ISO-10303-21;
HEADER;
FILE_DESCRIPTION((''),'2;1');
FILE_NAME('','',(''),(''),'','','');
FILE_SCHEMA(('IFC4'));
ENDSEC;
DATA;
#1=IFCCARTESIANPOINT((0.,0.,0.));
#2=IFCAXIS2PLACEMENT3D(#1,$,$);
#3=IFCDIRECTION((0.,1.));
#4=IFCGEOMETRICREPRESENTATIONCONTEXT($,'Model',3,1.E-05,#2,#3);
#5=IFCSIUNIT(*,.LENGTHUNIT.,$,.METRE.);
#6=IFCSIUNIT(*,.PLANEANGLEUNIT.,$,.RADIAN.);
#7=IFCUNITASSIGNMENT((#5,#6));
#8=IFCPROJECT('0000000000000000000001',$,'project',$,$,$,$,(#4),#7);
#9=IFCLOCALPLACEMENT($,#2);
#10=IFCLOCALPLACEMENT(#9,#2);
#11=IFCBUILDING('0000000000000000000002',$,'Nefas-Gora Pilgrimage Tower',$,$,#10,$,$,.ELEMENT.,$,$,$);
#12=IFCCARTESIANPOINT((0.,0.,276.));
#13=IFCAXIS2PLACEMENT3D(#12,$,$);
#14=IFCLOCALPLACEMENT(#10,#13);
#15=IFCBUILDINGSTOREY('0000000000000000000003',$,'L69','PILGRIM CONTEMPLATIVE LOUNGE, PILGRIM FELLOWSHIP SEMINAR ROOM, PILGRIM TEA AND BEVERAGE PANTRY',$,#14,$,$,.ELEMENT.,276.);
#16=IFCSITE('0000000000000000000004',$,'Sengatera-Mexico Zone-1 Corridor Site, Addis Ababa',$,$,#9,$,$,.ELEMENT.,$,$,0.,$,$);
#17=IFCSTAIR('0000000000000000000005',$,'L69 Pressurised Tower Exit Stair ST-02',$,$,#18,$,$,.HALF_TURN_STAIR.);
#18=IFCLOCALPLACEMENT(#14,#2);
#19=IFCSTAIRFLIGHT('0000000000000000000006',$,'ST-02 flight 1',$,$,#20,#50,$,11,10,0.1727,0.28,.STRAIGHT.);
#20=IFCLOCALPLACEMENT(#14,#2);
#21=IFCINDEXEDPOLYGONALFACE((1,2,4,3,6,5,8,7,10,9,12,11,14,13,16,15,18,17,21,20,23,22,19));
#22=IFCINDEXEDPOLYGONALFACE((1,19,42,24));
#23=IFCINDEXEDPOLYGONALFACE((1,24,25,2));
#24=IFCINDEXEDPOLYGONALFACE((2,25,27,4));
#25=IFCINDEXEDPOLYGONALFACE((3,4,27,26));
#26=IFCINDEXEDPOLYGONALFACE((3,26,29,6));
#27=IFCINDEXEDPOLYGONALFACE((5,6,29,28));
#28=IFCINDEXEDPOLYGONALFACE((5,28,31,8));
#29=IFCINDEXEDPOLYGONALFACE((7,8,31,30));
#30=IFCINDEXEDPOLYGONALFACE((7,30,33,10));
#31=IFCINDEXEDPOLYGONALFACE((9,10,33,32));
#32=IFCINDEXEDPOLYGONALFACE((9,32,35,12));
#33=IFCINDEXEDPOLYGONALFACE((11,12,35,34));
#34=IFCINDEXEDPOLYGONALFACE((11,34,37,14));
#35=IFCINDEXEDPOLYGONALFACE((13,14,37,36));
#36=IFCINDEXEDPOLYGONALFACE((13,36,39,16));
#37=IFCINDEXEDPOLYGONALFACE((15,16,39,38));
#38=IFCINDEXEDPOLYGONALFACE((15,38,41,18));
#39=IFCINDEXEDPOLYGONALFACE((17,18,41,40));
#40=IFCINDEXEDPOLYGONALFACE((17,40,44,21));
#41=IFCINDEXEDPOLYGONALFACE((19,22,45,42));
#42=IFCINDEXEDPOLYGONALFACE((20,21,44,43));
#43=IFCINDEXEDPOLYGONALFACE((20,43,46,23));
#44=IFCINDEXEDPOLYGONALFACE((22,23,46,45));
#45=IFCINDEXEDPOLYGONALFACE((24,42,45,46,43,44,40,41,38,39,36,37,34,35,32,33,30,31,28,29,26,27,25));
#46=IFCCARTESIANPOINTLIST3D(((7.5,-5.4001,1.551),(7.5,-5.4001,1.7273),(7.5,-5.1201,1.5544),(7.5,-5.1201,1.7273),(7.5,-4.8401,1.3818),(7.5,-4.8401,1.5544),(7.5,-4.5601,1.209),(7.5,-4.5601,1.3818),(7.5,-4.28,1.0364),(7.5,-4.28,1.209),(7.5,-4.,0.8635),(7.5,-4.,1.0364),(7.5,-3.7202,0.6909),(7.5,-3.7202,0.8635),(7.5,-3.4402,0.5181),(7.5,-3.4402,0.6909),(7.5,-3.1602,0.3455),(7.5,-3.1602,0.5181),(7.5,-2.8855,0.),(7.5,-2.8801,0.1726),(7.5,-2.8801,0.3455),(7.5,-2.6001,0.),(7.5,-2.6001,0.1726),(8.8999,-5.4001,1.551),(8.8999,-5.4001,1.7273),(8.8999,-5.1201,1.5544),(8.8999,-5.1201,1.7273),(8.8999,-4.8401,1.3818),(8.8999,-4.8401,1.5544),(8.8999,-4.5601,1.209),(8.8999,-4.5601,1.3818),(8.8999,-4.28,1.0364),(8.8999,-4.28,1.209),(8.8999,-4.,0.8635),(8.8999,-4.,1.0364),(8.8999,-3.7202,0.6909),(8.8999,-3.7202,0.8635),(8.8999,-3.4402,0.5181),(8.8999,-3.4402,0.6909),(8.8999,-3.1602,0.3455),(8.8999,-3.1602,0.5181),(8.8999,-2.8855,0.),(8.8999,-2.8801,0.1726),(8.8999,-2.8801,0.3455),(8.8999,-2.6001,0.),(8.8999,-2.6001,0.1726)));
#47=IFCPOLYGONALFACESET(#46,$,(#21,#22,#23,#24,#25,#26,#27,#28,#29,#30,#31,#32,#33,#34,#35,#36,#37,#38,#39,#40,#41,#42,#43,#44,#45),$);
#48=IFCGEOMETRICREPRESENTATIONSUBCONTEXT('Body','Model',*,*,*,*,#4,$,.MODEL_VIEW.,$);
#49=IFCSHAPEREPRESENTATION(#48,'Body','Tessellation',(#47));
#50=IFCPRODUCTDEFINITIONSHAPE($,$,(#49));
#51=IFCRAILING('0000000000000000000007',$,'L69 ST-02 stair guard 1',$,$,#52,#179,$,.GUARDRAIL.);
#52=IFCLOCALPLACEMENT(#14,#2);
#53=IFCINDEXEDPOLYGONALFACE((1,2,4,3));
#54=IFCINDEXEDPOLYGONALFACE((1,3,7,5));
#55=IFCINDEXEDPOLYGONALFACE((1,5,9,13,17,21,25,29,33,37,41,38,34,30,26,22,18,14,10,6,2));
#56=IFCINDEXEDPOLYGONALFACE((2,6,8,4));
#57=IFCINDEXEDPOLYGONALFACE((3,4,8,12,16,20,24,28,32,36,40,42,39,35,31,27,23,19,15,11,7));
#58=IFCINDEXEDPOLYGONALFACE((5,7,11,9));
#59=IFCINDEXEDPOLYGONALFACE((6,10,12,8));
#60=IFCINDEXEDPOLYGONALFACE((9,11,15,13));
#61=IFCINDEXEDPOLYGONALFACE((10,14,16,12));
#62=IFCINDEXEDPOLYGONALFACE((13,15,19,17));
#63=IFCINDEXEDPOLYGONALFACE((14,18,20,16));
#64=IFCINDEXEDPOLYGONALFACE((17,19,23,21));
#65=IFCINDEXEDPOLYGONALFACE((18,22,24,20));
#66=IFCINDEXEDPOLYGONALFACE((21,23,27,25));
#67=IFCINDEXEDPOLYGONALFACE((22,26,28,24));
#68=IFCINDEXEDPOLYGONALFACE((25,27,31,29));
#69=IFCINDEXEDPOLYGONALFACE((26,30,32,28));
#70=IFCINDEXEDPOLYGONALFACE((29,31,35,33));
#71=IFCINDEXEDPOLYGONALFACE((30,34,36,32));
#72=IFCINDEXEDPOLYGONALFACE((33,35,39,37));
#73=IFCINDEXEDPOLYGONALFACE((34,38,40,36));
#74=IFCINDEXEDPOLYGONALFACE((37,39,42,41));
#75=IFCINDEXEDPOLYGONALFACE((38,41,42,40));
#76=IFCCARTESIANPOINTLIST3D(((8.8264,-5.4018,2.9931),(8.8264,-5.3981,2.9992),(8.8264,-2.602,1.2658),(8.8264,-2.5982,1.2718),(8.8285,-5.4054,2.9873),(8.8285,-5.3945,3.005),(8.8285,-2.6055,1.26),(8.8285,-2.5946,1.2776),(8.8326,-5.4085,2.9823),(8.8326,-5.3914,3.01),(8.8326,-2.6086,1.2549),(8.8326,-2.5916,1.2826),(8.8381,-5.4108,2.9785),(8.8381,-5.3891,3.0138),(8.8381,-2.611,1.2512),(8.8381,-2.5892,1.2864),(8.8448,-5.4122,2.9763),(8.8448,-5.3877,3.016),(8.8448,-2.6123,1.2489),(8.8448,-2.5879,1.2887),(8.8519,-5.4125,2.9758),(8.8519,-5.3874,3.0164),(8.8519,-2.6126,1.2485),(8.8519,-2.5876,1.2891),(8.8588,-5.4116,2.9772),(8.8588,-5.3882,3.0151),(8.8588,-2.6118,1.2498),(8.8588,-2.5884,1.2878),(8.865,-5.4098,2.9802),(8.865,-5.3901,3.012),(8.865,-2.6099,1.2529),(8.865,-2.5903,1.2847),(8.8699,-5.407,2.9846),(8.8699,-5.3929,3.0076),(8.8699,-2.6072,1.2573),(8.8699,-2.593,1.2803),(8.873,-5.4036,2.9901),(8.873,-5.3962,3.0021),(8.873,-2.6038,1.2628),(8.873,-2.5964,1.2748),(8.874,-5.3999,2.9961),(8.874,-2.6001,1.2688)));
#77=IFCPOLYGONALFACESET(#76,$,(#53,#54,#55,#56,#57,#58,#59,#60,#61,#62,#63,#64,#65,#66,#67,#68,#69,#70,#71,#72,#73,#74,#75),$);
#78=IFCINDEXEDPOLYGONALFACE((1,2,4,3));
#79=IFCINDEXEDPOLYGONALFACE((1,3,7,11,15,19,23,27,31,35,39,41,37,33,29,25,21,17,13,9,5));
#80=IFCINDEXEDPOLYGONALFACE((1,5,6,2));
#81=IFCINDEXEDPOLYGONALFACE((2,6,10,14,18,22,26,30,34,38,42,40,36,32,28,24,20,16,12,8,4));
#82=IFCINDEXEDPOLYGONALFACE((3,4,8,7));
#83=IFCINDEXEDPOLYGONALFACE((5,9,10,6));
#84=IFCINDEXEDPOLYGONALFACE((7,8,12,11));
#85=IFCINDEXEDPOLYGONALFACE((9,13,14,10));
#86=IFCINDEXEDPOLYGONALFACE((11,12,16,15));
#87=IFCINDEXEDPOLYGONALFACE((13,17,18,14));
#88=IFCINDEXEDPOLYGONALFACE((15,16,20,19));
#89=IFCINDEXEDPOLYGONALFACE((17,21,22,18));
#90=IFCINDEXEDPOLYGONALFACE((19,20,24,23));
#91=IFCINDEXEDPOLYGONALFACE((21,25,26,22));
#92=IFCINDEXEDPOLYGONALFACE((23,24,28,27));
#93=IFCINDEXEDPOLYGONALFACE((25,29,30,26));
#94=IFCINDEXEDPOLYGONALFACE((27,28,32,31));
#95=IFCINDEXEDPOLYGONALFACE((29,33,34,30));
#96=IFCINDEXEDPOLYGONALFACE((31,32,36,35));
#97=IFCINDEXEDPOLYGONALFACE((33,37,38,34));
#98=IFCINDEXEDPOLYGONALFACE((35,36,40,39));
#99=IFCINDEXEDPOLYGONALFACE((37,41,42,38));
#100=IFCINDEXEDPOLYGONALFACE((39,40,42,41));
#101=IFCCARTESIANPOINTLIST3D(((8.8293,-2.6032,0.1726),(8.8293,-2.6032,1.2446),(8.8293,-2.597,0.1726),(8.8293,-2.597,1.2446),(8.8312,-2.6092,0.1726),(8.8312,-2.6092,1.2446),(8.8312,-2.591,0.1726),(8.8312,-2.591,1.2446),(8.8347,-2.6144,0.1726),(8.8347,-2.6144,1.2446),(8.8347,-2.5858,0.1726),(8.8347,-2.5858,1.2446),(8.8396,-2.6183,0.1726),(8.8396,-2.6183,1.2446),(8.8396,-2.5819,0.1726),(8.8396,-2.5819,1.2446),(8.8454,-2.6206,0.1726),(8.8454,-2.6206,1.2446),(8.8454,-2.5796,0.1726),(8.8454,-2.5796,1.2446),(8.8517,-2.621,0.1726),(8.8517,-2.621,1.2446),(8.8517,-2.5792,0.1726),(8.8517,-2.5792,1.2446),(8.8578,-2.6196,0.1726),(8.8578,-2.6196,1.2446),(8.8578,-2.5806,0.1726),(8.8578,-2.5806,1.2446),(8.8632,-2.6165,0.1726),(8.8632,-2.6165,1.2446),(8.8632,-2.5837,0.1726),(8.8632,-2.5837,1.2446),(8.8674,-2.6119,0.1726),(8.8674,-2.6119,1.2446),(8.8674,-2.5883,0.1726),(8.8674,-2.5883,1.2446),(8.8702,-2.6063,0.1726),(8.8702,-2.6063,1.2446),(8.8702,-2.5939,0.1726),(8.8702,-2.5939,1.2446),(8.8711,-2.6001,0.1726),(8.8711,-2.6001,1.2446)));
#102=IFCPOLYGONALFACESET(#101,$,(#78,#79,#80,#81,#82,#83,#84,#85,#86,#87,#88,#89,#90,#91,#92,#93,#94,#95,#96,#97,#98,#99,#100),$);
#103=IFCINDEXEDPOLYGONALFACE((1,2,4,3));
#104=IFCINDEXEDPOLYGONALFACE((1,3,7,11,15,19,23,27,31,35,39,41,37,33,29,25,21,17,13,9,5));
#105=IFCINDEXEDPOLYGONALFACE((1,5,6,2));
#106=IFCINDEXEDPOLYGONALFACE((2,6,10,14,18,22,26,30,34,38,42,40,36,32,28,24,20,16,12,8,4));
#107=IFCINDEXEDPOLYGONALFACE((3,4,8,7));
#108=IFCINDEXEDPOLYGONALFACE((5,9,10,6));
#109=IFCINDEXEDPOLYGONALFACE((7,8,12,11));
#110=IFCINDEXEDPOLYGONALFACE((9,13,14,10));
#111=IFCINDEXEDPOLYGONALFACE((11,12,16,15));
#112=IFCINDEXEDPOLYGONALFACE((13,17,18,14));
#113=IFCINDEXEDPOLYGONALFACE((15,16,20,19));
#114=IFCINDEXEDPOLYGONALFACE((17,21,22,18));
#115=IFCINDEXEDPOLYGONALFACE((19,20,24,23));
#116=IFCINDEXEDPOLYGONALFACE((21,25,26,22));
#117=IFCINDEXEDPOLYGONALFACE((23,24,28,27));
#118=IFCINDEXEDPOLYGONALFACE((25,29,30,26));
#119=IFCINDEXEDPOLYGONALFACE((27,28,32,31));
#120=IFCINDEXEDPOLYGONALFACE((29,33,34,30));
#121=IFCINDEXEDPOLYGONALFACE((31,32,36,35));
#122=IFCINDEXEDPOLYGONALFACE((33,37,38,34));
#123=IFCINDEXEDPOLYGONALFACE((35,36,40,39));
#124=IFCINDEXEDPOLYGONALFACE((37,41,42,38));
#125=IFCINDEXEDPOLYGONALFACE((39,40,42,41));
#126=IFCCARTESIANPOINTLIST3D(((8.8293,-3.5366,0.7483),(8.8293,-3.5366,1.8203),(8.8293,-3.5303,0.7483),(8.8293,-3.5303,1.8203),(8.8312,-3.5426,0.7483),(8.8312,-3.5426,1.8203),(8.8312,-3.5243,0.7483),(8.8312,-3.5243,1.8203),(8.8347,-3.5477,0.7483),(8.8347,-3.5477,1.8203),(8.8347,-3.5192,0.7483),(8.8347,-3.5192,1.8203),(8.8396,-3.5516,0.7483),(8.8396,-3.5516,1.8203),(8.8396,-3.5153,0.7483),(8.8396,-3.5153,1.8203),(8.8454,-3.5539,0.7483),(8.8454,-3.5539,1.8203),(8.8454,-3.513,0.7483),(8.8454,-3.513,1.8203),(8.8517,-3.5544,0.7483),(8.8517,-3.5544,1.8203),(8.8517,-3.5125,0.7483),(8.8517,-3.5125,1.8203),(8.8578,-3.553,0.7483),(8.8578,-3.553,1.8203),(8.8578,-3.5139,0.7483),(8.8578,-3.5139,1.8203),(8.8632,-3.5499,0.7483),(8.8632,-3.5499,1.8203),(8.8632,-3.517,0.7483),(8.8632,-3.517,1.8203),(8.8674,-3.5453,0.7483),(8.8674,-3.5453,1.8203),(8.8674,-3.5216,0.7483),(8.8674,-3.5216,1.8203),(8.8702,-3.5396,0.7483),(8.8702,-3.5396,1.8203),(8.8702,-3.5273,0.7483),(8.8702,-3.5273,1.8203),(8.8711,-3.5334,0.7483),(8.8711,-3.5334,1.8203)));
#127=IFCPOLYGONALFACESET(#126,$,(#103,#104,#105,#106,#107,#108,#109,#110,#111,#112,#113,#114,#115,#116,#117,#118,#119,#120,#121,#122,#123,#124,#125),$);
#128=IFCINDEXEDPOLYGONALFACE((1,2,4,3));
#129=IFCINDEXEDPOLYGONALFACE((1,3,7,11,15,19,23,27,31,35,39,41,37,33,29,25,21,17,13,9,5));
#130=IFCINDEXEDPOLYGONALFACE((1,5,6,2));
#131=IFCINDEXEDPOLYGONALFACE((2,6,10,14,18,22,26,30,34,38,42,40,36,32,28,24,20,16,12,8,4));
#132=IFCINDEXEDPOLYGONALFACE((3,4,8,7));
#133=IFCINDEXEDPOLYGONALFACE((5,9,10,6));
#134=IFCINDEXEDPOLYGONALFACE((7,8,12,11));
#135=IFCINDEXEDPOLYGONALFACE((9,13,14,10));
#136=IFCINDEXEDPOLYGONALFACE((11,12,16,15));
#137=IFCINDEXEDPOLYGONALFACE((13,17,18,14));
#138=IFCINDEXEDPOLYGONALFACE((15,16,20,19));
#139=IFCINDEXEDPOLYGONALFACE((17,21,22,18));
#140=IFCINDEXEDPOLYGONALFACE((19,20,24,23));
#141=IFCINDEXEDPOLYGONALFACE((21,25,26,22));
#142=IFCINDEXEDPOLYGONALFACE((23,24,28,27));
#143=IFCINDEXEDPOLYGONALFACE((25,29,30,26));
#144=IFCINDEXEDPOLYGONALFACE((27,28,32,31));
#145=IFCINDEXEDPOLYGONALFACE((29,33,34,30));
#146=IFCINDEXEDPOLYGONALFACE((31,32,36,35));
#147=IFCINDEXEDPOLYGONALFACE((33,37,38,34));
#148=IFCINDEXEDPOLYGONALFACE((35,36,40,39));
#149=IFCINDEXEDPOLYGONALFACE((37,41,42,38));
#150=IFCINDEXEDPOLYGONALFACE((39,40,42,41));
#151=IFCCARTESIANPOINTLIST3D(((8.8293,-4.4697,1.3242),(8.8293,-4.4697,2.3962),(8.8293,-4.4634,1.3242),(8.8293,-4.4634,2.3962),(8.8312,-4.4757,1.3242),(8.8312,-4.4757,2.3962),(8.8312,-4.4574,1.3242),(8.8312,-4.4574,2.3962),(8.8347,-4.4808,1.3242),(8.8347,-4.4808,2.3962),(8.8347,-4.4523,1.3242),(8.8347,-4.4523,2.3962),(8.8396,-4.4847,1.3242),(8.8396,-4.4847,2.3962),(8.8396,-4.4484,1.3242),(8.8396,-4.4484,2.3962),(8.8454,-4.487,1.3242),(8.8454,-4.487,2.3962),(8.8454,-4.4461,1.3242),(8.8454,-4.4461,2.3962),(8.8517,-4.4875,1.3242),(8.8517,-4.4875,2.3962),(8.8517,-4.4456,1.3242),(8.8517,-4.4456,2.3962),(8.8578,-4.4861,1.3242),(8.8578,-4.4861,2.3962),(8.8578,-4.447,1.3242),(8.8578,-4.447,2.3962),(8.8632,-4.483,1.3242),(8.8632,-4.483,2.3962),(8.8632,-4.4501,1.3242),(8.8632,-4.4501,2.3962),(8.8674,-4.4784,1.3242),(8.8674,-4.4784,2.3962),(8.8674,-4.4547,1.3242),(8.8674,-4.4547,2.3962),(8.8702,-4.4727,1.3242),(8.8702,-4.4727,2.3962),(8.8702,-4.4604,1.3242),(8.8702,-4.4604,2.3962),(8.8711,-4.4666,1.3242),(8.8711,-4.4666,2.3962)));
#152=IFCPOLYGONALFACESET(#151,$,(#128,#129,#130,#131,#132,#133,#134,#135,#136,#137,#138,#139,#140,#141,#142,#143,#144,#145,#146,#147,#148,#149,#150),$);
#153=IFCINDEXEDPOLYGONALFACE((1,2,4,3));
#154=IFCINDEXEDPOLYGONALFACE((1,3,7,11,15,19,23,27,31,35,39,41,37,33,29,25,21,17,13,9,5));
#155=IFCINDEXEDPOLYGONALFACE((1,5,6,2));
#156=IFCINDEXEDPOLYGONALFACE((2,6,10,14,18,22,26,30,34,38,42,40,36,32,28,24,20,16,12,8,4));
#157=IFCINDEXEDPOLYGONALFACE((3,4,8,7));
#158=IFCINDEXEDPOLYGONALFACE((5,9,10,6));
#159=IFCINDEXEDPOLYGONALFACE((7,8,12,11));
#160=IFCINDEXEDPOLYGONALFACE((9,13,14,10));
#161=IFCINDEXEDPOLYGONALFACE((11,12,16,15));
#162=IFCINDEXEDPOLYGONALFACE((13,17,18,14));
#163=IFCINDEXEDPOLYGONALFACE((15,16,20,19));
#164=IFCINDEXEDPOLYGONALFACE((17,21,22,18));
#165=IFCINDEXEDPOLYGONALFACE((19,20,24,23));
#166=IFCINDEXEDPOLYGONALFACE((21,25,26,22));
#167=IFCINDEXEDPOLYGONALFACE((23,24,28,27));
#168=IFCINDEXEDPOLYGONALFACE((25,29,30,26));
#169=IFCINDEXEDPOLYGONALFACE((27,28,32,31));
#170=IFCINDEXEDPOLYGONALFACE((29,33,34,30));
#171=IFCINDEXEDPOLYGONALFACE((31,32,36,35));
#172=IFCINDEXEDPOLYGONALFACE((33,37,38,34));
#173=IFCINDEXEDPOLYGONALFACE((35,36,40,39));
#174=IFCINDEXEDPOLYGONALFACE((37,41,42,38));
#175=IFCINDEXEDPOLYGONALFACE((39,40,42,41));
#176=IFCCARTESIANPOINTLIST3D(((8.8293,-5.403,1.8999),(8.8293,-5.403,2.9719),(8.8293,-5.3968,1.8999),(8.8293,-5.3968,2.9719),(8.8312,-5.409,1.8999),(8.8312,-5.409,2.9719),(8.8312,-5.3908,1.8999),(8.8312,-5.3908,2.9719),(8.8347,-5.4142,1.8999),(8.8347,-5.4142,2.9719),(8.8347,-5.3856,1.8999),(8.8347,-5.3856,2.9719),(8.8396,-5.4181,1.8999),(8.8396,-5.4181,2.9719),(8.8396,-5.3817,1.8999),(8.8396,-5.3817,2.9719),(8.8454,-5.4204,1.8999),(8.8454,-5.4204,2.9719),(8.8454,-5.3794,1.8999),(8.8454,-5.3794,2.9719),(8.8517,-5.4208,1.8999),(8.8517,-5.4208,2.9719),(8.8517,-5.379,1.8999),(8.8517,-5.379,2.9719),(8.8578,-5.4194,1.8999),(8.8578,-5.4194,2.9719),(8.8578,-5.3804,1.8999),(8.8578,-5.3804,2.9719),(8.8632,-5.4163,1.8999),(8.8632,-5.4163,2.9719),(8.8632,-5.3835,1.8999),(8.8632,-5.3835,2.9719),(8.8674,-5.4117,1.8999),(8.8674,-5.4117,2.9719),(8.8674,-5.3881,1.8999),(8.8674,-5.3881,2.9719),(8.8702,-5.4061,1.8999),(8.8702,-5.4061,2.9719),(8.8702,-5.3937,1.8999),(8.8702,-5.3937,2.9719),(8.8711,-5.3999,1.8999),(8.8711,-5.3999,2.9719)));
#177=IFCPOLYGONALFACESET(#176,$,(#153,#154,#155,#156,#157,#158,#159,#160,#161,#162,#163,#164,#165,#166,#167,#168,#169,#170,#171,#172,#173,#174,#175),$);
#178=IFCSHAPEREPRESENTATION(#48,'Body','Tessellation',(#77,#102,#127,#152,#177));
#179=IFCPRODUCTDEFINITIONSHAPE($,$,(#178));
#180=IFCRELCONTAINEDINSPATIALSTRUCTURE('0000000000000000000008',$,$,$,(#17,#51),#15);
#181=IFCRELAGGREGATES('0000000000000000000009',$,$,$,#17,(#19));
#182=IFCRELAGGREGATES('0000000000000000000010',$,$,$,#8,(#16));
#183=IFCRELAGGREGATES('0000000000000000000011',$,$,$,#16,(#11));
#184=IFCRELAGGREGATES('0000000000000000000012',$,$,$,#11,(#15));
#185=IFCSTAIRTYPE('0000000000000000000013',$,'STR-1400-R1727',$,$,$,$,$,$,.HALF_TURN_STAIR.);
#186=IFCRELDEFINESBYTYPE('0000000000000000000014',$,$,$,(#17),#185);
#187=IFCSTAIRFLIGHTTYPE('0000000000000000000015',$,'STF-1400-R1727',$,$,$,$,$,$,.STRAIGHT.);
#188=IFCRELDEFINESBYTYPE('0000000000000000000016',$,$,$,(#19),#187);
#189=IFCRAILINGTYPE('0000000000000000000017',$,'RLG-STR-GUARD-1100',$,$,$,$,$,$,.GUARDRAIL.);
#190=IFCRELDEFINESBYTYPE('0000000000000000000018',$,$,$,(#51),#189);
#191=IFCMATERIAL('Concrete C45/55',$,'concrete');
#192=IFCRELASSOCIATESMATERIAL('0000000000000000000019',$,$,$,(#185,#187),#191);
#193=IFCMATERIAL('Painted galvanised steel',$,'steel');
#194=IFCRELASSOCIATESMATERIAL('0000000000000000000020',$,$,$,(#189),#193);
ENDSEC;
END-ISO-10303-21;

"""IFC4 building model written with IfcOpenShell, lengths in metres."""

from ifc_helpers import new_model, si_unit, direction, frame, origin, origin_2d, place, context, subcontext, project, spatial, polyline, circle, outline, extrude, source, transform, mapped, material, type_object, element, aggregate, save


model = new_model("IFC4")

# Units and contexts
model_context = context("Model", 3, precision=1e-05, world=origin(), true_north=direction((0.0, 1.0)))
body_context = subcontext(model_context, "Body", "Model", "MODEL_VIEW")
ifc_project = project(units=[si_unit("LENGTHUNIT", "METRE"), si_unit("PLANEANGLEUNIT", "RADIAN")], contexts=[model_context])

# Site, building, storey
site_placement = place(None, origin())
site = spatial("IfcSite", under=ifc_project, at=site_placement, Name="Sengatera-Mexico Zone-1 Corridor Site, Addis Ababa", CompositionType="ELEMENT", RefElevation=0.0)
building_placement = place(site_placement, origin())
building = spatial("IfcBuilding", under=site, at=building_placement, Name="Nefas-Gora Pilgrimage Tower", CompositionType="ELEMENT")
storey_placement = place(building_placement, frame((0.0, 0.0, 276.0)))
storey = spatial("IfcBuildingStorey", under=building, at=storey_placement, Name="L69", Description="PILGRIM CONTEMPLATIVE LOUNGE, PILGRIM FELLOWSHIP SEMINAR ROOM, PILGRIM TEA AND BEVERAGE PANTRY", CompositionType="ELEMENT", Elevation=276.0)

# Shared definitions
ifc_material_1 = material(Name="Concrete C45/55", Category="concrete")

# Stair, stair flight
stair_type = type_object("IfcStairType", Name="STR-1400-R1727", PredefinedType="HALF_TURN_STAIR", material=ifc_material_1)
stair_placement = place(storey_placement, origin())
stair = element("IfcStair", 1, at=stair_placement, inside=storey, type_object=stair_type, Name="L69 Pressurised Tower Exit Stair ST-02", PredefinedType="HALF_TURN_STAIR")
stair_flight_type = type_object("IfcStairFlightType", Name="STF-1400-R1727", PredefinedType="STRAIGHT", material=ifc_material_1)
shared_shape_1 = source(origin(), body_context, "Body", "SweptSolid", [
    extrude(outline(polyline([(0.0, 0.0), (0.0, 0.1726), (0.28, 0.1726), (0.28, 0.3455), (0.5601, 0.3455), (0.5601, 0.5181), (0.8401, 0.5181), (0.8401, 0.6909), (1.1201, 0.6909), (1.1201, 0.8635), (1.3999, 0.8635), (1.3999, 1.0364), (1.6799, 1.0364), (1.6799, 1.209), (1.96, 1.209), (1.96, 1.3818), (2.24, 1.3818), (2.24, 1.5544), (2.52, 1.5544), (2.52, 1.7273), (2.8, 1.7273), (2.8, 1.8999), (2.8, 1.551), (0.2854, 0.0), (0.0, 0.0)])), frame((0.0, 0.7, 0.0), z_axis=(0.0, -1.0, 0.0), x_axis=(1.0, 0.0, 0.0)), (0.0, 0.0, 1.0), 1.3999),
])
stair_flight_placement = place(storey_placement, frame((8.2, -2.6001, 0.0), z_axis=(0.0, 0.0, 1.0), x_axis=(0.0, -1.0, 0.0)))
stair_flight = element("IfcStairFlight", 2, at=stair_flight_placement, type_object=stair_flight_type, Name="ST-02 flight 1", NumberOfRisers=11, NumberOfTreads=10, PredefinedType="STRAIGHT", RiserHeight=0.1727, TreadLength=0.28, context=body_context, shape_type="MappedRepresentation", body=[
    mapped(shared_shape_1, transform((0.0, 0.0, 0.0), x_axis=(1.0, 0.0, 0.0), y_axis=(0.0, 1.0, 0.0), z_axis=(0.0, 0.0, 1.0), scale=1.0)),
])
aggregate(stair, [stair_flight])

# Railing
ifc_material_2 = material(Name="Painted galvanised steel", Category="steel")
railing_type_1 = type_object("IfcRailingType", Name="RLG-STR-GUARD-1100", PredefinedType="GUARDRAIL", material=ifc_material_2)
railing_1_placement = place(storey_placement, frame((8.8501, -2.6001, 0.1726)))
element("IfcRailing", 3, at=railing_1_placement, inside=storey, type_object=railing_type_1, Name="L69 ST-02 stair guard 1", PredefinedType="GUARDRAIL", context=body_context, shape_type="SweptSolid", body=[
    extrude(circle(Radius=0.0239, at=origin_2d()), frame((0.0, 0.0, 1.0962), z_axis=(0.0, -0.851069, 0.525054), x_axis=(1.0, 0.0, 0.0)), (0.0, 0.0, 1.0), 3.2898),
    extrude(circle(Radius=0.021, at=origin_2d()), origin(), (0.0, 0.0, 1.0), 1.072),
    extrude(circle(Radius=0.021, at=origin_2d()), frame((0.0, -0.9333, 0.5757)), (0.0, 0.0, 1.0), 1.072),
    extrude(circle(Radius=0.021, at=origin_2d()), frame((0.0, -1.8665, 1.1516)), (0.0, 0.0, 1.0), 1.072),
    extrude(circle(Radius=0.021, at=origin_2d()), frame((0.0, -2.7998, 1.7273)), (0.0, 0.0, 1.0), 1.072),
])

save(model, "model.ifc")
